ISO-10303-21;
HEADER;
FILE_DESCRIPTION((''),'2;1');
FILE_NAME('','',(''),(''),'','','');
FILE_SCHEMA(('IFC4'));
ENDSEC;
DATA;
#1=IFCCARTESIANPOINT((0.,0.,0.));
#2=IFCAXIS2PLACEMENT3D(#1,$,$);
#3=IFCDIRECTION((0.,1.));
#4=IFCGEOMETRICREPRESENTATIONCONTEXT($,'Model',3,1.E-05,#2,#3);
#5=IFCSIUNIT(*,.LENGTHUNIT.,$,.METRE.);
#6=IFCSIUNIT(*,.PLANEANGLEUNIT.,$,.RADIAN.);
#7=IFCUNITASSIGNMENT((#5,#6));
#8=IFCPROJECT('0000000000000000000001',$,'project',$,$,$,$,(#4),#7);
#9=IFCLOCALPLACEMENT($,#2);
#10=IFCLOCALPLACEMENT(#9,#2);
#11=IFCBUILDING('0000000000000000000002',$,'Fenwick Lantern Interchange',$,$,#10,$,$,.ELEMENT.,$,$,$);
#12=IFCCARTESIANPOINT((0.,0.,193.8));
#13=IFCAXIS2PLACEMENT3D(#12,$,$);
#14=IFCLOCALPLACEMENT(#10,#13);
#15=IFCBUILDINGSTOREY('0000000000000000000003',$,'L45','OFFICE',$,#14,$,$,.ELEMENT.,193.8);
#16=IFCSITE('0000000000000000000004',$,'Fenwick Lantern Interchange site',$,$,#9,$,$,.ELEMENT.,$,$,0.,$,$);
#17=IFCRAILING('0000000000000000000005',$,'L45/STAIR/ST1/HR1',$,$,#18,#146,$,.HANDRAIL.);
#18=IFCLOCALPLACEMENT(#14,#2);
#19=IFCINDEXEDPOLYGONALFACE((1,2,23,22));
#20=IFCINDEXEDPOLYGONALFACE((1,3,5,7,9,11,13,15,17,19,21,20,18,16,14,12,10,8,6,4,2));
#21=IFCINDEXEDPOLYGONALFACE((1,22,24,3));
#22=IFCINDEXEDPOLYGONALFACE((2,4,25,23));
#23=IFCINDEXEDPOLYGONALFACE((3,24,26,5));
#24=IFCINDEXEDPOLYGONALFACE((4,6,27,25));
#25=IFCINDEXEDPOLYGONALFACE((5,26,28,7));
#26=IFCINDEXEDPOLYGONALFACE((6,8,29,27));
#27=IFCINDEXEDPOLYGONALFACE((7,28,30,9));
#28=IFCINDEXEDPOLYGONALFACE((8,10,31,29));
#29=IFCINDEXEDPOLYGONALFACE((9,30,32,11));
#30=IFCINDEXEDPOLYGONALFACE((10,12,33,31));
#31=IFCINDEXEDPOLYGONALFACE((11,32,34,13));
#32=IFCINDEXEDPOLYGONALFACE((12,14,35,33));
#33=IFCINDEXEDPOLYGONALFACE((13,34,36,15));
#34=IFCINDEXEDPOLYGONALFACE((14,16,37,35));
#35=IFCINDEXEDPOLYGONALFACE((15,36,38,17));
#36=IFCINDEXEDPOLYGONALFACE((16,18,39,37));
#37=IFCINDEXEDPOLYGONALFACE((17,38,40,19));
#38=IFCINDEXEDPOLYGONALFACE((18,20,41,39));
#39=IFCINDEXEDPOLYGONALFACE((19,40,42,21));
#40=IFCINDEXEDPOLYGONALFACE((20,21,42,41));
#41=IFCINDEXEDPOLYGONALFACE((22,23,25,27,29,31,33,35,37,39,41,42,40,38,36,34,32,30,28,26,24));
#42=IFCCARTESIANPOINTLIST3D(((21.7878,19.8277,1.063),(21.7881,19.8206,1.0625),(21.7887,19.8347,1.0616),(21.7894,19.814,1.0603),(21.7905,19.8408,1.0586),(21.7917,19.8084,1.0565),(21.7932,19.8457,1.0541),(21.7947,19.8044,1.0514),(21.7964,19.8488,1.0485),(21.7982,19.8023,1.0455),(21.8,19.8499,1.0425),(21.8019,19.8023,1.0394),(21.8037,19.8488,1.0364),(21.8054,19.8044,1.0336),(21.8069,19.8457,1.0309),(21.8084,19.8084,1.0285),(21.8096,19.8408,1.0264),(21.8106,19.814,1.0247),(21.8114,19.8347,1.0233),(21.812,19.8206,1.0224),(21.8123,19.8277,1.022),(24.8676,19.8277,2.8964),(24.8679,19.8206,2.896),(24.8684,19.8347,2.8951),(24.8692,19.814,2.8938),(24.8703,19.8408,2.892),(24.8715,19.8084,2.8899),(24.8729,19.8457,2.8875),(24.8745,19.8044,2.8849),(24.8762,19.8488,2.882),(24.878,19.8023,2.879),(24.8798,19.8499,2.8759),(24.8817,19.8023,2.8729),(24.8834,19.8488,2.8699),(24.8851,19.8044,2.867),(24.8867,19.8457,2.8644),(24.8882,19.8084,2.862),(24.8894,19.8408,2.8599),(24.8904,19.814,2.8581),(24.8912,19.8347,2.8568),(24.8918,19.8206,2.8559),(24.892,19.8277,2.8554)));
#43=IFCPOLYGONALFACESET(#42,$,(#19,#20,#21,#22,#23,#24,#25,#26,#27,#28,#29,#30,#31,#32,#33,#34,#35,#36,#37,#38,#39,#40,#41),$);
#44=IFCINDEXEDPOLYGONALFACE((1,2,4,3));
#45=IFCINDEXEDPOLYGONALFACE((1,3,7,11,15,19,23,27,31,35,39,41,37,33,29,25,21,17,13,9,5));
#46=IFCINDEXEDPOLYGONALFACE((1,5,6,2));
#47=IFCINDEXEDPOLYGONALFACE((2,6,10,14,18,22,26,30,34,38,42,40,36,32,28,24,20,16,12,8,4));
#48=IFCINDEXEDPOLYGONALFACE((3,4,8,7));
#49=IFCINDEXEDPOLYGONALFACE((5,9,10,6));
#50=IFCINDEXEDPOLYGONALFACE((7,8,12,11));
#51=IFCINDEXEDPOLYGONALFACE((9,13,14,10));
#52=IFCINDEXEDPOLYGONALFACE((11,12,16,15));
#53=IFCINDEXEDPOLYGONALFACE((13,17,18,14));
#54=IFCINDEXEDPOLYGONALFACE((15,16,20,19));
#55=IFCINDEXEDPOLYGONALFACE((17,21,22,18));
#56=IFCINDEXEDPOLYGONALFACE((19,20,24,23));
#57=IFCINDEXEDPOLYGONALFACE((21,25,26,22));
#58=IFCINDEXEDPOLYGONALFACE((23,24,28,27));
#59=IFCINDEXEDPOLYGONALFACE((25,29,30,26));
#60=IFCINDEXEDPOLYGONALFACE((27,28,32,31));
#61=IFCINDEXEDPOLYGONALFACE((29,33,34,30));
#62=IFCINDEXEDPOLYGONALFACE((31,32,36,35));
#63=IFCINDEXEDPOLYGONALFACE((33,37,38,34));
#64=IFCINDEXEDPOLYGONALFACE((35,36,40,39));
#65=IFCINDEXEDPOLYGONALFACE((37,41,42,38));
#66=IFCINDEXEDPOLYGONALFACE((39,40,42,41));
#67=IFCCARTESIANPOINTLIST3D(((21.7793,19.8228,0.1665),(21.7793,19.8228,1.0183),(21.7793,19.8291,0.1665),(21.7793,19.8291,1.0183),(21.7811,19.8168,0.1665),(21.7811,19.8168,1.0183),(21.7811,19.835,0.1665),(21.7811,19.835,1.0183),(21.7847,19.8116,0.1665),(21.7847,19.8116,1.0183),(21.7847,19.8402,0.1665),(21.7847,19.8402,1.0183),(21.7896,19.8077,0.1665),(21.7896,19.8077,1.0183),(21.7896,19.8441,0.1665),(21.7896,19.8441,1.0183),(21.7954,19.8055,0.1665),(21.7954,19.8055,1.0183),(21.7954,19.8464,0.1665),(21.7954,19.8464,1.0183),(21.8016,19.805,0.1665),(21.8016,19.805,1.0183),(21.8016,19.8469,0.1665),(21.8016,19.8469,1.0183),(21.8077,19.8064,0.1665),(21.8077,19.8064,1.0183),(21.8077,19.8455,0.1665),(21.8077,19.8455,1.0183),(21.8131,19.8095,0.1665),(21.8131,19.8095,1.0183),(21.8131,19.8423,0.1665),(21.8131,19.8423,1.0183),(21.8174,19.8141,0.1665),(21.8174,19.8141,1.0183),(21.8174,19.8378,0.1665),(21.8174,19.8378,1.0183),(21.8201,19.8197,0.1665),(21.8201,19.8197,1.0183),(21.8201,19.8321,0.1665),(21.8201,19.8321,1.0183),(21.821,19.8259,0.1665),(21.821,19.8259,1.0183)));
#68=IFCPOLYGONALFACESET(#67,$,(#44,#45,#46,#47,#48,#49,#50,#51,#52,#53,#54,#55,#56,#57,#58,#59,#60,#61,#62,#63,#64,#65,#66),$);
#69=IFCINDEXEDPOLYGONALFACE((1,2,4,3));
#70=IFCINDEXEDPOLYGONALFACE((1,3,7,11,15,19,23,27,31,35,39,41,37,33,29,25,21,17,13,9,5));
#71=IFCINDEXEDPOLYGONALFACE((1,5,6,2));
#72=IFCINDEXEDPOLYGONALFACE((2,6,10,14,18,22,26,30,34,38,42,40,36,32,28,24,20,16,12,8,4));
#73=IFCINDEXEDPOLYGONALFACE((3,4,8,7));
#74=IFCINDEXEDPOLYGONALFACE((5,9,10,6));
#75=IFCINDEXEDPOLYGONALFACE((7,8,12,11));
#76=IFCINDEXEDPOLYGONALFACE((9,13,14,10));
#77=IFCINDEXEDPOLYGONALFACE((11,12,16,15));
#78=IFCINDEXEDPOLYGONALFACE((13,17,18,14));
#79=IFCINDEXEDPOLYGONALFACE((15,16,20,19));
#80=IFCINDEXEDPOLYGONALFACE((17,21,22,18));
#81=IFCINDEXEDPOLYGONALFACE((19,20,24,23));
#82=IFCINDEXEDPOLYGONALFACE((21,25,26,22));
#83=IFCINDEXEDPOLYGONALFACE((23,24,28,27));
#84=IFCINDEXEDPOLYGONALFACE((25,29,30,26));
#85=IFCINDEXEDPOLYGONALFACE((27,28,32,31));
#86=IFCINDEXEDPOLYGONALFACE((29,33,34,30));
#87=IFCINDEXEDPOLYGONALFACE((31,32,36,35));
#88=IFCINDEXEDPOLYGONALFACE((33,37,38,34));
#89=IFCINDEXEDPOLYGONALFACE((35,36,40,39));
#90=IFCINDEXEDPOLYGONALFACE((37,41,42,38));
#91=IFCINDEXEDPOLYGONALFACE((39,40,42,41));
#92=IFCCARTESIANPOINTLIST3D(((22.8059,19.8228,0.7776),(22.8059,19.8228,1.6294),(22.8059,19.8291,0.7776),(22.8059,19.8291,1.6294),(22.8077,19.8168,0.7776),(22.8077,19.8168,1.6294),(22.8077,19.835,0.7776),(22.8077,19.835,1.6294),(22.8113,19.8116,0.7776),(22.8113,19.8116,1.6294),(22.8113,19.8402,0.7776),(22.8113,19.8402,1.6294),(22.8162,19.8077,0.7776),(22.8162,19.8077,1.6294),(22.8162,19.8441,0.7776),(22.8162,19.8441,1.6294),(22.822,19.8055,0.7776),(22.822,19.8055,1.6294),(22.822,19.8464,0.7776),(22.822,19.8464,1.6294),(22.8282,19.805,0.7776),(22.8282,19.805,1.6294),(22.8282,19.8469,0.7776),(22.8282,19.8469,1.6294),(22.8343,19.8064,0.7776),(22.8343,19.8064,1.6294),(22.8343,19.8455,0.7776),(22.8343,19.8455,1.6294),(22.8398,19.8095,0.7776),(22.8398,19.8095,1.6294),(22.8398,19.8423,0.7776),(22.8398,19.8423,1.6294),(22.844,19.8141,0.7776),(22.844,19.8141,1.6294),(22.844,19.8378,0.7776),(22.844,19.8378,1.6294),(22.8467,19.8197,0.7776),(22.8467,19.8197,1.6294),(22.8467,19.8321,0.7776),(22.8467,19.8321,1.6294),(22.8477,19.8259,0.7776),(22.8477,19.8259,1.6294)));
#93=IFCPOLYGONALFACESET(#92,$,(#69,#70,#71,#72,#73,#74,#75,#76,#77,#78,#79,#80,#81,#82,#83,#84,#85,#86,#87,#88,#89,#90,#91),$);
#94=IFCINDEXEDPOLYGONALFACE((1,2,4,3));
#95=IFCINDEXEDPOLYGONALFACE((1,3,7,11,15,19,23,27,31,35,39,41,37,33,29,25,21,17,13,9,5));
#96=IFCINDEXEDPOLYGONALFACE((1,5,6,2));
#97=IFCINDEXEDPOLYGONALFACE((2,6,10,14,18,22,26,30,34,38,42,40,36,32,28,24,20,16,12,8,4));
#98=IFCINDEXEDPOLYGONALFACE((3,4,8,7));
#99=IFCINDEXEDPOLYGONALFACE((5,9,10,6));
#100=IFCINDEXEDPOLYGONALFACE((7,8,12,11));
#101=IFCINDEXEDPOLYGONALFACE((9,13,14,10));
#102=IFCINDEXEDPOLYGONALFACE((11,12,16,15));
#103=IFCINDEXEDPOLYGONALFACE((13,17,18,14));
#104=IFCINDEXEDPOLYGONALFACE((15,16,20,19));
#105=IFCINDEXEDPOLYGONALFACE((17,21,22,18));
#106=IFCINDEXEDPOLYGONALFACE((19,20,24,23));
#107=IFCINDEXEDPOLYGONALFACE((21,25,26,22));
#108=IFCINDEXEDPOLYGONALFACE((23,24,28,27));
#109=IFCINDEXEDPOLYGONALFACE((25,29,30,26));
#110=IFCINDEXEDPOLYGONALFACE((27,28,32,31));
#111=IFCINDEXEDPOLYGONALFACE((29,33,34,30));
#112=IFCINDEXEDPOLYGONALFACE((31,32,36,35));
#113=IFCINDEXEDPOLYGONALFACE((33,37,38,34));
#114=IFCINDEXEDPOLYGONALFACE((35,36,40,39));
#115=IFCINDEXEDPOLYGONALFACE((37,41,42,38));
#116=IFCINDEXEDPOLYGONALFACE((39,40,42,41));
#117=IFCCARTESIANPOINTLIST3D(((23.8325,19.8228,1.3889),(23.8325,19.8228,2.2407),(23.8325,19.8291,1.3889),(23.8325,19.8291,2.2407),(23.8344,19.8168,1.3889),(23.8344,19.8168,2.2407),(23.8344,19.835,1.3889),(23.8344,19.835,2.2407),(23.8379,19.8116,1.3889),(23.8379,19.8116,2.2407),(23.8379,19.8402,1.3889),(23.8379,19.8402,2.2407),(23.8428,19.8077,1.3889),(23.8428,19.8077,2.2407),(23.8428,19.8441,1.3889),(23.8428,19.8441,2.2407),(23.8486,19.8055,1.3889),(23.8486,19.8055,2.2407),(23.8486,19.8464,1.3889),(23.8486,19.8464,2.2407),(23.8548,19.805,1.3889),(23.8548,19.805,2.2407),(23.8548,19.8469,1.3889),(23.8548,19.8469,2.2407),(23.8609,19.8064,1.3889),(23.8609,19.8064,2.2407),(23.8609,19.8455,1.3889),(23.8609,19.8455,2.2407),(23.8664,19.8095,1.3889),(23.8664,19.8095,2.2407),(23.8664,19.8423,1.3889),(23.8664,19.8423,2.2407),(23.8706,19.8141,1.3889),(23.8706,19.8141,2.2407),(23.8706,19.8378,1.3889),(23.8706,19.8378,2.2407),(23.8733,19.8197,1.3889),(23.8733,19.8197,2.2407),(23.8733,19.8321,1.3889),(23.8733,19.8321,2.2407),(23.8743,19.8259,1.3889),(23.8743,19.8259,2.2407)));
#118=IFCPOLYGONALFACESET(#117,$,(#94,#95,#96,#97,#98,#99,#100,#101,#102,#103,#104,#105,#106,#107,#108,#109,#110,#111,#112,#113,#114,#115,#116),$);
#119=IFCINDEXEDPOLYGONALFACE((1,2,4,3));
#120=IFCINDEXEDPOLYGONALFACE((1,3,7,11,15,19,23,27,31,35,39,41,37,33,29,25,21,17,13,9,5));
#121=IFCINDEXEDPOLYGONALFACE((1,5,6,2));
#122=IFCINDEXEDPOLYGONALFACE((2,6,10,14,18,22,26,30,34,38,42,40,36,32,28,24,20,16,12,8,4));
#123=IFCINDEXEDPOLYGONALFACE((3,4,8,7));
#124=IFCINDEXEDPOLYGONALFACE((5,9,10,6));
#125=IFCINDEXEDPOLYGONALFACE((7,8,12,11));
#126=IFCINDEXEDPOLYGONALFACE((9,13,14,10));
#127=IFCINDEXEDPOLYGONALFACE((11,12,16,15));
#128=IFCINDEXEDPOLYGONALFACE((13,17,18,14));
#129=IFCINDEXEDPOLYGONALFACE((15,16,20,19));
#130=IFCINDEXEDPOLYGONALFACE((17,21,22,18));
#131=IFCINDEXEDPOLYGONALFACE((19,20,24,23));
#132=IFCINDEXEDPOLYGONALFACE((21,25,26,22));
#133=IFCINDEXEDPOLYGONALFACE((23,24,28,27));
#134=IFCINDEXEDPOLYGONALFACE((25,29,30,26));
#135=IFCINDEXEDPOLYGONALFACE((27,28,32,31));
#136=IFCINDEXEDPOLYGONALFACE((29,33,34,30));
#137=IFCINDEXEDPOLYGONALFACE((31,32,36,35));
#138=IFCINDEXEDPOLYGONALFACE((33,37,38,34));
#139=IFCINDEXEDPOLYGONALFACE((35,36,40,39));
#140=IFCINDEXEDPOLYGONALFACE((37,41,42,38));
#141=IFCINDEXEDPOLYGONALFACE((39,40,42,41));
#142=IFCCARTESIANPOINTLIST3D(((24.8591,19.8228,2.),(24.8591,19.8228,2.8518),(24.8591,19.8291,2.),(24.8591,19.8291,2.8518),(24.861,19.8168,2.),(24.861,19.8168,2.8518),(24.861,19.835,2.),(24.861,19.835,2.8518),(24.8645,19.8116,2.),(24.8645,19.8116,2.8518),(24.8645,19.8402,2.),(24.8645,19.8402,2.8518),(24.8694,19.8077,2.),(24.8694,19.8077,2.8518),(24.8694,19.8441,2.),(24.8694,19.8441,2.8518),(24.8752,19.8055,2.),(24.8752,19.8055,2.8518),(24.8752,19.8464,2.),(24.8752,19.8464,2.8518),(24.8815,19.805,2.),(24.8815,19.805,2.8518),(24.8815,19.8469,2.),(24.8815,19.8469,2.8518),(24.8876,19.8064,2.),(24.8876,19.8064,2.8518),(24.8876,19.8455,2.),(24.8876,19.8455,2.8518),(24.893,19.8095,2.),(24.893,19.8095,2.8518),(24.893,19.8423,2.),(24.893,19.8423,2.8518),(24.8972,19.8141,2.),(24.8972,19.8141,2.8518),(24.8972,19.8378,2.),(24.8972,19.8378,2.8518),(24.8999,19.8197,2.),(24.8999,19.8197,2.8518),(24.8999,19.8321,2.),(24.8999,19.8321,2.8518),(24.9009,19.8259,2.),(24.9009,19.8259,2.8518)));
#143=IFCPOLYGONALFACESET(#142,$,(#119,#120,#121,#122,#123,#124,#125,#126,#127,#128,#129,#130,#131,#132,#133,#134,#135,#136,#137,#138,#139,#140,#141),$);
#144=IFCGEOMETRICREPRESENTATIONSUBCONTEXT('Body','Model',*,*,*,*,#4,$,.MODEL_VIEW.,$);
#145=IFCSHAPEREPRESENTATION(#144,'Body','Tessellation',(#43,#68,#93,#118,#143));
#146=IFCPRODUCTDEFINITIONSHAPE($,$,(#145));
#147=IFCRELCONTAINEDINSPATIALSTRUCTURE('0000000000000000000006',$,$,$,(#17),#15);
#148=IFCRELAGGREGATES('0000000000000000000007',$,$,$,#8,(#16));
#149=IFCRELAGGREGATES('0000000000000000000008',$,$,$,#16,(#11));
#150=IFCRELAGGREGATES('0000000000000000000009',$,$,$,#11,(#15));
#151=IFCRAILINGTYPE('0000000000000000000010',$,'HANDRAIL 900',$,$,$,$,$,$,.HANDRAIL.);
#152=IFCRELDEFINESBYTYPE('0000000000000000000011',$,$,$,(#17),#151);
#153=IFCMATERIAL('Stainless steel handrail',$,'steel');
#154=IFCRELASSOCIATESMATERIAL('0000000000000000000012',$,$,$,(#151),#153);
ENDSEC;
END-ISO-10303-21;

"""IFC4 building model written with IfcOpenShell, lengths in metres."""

from ifc_helpers import new_model, si_unit, direction, frame, origin, origin_2d, place, context, subcontext, project, spatial, circle, extrude, material, type_object, element, save


model = new_model("IFC4")

# Units and contexts
model_context = context("Model", 3, precision=1e-05, world=origin(), true_north=direction((0.0, 1.0)))
body_context = subcontext(model_context, "Body", "Model", "MODEL_VIEW")
ifc_project = project(units=[si_unit("LENGTHUNIT", "METRE"), si_unit("PLANEANGLEUNIT", "RADIAN")], contexts=[model_context])

# Site, building, storey
site_placement = place(None, origin())
site = spatial("IfcSite", under=ifc_project, at=site_placement, Name="Fenwick Lantern Interchange site", CompositionType="ELEMENT", RefElevation=0.0)
building_placement = place(site_placement, origin())
building = spatial("IfcBuilding", under=site, at=building_placement, Name="Fenwick Lantern Interchange", CompositionType="ELEMENT")
storey_placement = place(building_placement, frame((0.0, 0.0, 193.8)))
storey = spatial("IfcBuildingStorey", under=building, at=storey_placement, Name="L45", Description="OFFICE", CompositionType="ELEMENT", Elevation=193.8)

# Railing
ifc_material_1 = material(Name="Stainless steel handrail", Category="steel")
railing_type = type_object("IfcRailingType", Name="HANDRAIL 900", PredefinedType="HANDRAIL", material=ifc_material_1)
railing_1_placement = place(storey_placement, frame((21.8, 19.8259, 0.1665)))
element("IfcRailing", 1, at=railing_1_placement, inside=storey, type_object=railing_type, Name="L45/STAIR/ST1/HR1", PredefinedType="HANDRAIL", context=body_context, shape_type="SweptSolid", body=[
    extrude(circle(Radius=0.0239, at=origin_2d()), frame((0.0, 0.0, 0.876), z_axis=(0.859261, 0.0, 0.511538), x_axis=(0.0, 1.0, 0.0)), (0.0, 0.0, 1.0), 3.5842),
    extrude(circle(Radius=0.021, at=origin_2d()), origin(), (0.0, 0.0, 1.0), 0.8518),
    extrude(circle(Radius=0.021, at=origin_2d()), frame((1.0266, 0.0, 0.6111)), (0.0, 0.0, 1.0), 0.8518),
    extrude(circle(Radius=0.021, at=origin_2d()), frame((2.0532, 0.0, 1.2224)), (0.0, 0.0, 1.0), 0.8518),
    extrude(circle(Radius=0.021, at=origin_2d()), frame((3.0798, 0.0, 1.8335)), (0.0, 0.0, 1.0), 0.8518),
])

save(model, "model.ifc")
